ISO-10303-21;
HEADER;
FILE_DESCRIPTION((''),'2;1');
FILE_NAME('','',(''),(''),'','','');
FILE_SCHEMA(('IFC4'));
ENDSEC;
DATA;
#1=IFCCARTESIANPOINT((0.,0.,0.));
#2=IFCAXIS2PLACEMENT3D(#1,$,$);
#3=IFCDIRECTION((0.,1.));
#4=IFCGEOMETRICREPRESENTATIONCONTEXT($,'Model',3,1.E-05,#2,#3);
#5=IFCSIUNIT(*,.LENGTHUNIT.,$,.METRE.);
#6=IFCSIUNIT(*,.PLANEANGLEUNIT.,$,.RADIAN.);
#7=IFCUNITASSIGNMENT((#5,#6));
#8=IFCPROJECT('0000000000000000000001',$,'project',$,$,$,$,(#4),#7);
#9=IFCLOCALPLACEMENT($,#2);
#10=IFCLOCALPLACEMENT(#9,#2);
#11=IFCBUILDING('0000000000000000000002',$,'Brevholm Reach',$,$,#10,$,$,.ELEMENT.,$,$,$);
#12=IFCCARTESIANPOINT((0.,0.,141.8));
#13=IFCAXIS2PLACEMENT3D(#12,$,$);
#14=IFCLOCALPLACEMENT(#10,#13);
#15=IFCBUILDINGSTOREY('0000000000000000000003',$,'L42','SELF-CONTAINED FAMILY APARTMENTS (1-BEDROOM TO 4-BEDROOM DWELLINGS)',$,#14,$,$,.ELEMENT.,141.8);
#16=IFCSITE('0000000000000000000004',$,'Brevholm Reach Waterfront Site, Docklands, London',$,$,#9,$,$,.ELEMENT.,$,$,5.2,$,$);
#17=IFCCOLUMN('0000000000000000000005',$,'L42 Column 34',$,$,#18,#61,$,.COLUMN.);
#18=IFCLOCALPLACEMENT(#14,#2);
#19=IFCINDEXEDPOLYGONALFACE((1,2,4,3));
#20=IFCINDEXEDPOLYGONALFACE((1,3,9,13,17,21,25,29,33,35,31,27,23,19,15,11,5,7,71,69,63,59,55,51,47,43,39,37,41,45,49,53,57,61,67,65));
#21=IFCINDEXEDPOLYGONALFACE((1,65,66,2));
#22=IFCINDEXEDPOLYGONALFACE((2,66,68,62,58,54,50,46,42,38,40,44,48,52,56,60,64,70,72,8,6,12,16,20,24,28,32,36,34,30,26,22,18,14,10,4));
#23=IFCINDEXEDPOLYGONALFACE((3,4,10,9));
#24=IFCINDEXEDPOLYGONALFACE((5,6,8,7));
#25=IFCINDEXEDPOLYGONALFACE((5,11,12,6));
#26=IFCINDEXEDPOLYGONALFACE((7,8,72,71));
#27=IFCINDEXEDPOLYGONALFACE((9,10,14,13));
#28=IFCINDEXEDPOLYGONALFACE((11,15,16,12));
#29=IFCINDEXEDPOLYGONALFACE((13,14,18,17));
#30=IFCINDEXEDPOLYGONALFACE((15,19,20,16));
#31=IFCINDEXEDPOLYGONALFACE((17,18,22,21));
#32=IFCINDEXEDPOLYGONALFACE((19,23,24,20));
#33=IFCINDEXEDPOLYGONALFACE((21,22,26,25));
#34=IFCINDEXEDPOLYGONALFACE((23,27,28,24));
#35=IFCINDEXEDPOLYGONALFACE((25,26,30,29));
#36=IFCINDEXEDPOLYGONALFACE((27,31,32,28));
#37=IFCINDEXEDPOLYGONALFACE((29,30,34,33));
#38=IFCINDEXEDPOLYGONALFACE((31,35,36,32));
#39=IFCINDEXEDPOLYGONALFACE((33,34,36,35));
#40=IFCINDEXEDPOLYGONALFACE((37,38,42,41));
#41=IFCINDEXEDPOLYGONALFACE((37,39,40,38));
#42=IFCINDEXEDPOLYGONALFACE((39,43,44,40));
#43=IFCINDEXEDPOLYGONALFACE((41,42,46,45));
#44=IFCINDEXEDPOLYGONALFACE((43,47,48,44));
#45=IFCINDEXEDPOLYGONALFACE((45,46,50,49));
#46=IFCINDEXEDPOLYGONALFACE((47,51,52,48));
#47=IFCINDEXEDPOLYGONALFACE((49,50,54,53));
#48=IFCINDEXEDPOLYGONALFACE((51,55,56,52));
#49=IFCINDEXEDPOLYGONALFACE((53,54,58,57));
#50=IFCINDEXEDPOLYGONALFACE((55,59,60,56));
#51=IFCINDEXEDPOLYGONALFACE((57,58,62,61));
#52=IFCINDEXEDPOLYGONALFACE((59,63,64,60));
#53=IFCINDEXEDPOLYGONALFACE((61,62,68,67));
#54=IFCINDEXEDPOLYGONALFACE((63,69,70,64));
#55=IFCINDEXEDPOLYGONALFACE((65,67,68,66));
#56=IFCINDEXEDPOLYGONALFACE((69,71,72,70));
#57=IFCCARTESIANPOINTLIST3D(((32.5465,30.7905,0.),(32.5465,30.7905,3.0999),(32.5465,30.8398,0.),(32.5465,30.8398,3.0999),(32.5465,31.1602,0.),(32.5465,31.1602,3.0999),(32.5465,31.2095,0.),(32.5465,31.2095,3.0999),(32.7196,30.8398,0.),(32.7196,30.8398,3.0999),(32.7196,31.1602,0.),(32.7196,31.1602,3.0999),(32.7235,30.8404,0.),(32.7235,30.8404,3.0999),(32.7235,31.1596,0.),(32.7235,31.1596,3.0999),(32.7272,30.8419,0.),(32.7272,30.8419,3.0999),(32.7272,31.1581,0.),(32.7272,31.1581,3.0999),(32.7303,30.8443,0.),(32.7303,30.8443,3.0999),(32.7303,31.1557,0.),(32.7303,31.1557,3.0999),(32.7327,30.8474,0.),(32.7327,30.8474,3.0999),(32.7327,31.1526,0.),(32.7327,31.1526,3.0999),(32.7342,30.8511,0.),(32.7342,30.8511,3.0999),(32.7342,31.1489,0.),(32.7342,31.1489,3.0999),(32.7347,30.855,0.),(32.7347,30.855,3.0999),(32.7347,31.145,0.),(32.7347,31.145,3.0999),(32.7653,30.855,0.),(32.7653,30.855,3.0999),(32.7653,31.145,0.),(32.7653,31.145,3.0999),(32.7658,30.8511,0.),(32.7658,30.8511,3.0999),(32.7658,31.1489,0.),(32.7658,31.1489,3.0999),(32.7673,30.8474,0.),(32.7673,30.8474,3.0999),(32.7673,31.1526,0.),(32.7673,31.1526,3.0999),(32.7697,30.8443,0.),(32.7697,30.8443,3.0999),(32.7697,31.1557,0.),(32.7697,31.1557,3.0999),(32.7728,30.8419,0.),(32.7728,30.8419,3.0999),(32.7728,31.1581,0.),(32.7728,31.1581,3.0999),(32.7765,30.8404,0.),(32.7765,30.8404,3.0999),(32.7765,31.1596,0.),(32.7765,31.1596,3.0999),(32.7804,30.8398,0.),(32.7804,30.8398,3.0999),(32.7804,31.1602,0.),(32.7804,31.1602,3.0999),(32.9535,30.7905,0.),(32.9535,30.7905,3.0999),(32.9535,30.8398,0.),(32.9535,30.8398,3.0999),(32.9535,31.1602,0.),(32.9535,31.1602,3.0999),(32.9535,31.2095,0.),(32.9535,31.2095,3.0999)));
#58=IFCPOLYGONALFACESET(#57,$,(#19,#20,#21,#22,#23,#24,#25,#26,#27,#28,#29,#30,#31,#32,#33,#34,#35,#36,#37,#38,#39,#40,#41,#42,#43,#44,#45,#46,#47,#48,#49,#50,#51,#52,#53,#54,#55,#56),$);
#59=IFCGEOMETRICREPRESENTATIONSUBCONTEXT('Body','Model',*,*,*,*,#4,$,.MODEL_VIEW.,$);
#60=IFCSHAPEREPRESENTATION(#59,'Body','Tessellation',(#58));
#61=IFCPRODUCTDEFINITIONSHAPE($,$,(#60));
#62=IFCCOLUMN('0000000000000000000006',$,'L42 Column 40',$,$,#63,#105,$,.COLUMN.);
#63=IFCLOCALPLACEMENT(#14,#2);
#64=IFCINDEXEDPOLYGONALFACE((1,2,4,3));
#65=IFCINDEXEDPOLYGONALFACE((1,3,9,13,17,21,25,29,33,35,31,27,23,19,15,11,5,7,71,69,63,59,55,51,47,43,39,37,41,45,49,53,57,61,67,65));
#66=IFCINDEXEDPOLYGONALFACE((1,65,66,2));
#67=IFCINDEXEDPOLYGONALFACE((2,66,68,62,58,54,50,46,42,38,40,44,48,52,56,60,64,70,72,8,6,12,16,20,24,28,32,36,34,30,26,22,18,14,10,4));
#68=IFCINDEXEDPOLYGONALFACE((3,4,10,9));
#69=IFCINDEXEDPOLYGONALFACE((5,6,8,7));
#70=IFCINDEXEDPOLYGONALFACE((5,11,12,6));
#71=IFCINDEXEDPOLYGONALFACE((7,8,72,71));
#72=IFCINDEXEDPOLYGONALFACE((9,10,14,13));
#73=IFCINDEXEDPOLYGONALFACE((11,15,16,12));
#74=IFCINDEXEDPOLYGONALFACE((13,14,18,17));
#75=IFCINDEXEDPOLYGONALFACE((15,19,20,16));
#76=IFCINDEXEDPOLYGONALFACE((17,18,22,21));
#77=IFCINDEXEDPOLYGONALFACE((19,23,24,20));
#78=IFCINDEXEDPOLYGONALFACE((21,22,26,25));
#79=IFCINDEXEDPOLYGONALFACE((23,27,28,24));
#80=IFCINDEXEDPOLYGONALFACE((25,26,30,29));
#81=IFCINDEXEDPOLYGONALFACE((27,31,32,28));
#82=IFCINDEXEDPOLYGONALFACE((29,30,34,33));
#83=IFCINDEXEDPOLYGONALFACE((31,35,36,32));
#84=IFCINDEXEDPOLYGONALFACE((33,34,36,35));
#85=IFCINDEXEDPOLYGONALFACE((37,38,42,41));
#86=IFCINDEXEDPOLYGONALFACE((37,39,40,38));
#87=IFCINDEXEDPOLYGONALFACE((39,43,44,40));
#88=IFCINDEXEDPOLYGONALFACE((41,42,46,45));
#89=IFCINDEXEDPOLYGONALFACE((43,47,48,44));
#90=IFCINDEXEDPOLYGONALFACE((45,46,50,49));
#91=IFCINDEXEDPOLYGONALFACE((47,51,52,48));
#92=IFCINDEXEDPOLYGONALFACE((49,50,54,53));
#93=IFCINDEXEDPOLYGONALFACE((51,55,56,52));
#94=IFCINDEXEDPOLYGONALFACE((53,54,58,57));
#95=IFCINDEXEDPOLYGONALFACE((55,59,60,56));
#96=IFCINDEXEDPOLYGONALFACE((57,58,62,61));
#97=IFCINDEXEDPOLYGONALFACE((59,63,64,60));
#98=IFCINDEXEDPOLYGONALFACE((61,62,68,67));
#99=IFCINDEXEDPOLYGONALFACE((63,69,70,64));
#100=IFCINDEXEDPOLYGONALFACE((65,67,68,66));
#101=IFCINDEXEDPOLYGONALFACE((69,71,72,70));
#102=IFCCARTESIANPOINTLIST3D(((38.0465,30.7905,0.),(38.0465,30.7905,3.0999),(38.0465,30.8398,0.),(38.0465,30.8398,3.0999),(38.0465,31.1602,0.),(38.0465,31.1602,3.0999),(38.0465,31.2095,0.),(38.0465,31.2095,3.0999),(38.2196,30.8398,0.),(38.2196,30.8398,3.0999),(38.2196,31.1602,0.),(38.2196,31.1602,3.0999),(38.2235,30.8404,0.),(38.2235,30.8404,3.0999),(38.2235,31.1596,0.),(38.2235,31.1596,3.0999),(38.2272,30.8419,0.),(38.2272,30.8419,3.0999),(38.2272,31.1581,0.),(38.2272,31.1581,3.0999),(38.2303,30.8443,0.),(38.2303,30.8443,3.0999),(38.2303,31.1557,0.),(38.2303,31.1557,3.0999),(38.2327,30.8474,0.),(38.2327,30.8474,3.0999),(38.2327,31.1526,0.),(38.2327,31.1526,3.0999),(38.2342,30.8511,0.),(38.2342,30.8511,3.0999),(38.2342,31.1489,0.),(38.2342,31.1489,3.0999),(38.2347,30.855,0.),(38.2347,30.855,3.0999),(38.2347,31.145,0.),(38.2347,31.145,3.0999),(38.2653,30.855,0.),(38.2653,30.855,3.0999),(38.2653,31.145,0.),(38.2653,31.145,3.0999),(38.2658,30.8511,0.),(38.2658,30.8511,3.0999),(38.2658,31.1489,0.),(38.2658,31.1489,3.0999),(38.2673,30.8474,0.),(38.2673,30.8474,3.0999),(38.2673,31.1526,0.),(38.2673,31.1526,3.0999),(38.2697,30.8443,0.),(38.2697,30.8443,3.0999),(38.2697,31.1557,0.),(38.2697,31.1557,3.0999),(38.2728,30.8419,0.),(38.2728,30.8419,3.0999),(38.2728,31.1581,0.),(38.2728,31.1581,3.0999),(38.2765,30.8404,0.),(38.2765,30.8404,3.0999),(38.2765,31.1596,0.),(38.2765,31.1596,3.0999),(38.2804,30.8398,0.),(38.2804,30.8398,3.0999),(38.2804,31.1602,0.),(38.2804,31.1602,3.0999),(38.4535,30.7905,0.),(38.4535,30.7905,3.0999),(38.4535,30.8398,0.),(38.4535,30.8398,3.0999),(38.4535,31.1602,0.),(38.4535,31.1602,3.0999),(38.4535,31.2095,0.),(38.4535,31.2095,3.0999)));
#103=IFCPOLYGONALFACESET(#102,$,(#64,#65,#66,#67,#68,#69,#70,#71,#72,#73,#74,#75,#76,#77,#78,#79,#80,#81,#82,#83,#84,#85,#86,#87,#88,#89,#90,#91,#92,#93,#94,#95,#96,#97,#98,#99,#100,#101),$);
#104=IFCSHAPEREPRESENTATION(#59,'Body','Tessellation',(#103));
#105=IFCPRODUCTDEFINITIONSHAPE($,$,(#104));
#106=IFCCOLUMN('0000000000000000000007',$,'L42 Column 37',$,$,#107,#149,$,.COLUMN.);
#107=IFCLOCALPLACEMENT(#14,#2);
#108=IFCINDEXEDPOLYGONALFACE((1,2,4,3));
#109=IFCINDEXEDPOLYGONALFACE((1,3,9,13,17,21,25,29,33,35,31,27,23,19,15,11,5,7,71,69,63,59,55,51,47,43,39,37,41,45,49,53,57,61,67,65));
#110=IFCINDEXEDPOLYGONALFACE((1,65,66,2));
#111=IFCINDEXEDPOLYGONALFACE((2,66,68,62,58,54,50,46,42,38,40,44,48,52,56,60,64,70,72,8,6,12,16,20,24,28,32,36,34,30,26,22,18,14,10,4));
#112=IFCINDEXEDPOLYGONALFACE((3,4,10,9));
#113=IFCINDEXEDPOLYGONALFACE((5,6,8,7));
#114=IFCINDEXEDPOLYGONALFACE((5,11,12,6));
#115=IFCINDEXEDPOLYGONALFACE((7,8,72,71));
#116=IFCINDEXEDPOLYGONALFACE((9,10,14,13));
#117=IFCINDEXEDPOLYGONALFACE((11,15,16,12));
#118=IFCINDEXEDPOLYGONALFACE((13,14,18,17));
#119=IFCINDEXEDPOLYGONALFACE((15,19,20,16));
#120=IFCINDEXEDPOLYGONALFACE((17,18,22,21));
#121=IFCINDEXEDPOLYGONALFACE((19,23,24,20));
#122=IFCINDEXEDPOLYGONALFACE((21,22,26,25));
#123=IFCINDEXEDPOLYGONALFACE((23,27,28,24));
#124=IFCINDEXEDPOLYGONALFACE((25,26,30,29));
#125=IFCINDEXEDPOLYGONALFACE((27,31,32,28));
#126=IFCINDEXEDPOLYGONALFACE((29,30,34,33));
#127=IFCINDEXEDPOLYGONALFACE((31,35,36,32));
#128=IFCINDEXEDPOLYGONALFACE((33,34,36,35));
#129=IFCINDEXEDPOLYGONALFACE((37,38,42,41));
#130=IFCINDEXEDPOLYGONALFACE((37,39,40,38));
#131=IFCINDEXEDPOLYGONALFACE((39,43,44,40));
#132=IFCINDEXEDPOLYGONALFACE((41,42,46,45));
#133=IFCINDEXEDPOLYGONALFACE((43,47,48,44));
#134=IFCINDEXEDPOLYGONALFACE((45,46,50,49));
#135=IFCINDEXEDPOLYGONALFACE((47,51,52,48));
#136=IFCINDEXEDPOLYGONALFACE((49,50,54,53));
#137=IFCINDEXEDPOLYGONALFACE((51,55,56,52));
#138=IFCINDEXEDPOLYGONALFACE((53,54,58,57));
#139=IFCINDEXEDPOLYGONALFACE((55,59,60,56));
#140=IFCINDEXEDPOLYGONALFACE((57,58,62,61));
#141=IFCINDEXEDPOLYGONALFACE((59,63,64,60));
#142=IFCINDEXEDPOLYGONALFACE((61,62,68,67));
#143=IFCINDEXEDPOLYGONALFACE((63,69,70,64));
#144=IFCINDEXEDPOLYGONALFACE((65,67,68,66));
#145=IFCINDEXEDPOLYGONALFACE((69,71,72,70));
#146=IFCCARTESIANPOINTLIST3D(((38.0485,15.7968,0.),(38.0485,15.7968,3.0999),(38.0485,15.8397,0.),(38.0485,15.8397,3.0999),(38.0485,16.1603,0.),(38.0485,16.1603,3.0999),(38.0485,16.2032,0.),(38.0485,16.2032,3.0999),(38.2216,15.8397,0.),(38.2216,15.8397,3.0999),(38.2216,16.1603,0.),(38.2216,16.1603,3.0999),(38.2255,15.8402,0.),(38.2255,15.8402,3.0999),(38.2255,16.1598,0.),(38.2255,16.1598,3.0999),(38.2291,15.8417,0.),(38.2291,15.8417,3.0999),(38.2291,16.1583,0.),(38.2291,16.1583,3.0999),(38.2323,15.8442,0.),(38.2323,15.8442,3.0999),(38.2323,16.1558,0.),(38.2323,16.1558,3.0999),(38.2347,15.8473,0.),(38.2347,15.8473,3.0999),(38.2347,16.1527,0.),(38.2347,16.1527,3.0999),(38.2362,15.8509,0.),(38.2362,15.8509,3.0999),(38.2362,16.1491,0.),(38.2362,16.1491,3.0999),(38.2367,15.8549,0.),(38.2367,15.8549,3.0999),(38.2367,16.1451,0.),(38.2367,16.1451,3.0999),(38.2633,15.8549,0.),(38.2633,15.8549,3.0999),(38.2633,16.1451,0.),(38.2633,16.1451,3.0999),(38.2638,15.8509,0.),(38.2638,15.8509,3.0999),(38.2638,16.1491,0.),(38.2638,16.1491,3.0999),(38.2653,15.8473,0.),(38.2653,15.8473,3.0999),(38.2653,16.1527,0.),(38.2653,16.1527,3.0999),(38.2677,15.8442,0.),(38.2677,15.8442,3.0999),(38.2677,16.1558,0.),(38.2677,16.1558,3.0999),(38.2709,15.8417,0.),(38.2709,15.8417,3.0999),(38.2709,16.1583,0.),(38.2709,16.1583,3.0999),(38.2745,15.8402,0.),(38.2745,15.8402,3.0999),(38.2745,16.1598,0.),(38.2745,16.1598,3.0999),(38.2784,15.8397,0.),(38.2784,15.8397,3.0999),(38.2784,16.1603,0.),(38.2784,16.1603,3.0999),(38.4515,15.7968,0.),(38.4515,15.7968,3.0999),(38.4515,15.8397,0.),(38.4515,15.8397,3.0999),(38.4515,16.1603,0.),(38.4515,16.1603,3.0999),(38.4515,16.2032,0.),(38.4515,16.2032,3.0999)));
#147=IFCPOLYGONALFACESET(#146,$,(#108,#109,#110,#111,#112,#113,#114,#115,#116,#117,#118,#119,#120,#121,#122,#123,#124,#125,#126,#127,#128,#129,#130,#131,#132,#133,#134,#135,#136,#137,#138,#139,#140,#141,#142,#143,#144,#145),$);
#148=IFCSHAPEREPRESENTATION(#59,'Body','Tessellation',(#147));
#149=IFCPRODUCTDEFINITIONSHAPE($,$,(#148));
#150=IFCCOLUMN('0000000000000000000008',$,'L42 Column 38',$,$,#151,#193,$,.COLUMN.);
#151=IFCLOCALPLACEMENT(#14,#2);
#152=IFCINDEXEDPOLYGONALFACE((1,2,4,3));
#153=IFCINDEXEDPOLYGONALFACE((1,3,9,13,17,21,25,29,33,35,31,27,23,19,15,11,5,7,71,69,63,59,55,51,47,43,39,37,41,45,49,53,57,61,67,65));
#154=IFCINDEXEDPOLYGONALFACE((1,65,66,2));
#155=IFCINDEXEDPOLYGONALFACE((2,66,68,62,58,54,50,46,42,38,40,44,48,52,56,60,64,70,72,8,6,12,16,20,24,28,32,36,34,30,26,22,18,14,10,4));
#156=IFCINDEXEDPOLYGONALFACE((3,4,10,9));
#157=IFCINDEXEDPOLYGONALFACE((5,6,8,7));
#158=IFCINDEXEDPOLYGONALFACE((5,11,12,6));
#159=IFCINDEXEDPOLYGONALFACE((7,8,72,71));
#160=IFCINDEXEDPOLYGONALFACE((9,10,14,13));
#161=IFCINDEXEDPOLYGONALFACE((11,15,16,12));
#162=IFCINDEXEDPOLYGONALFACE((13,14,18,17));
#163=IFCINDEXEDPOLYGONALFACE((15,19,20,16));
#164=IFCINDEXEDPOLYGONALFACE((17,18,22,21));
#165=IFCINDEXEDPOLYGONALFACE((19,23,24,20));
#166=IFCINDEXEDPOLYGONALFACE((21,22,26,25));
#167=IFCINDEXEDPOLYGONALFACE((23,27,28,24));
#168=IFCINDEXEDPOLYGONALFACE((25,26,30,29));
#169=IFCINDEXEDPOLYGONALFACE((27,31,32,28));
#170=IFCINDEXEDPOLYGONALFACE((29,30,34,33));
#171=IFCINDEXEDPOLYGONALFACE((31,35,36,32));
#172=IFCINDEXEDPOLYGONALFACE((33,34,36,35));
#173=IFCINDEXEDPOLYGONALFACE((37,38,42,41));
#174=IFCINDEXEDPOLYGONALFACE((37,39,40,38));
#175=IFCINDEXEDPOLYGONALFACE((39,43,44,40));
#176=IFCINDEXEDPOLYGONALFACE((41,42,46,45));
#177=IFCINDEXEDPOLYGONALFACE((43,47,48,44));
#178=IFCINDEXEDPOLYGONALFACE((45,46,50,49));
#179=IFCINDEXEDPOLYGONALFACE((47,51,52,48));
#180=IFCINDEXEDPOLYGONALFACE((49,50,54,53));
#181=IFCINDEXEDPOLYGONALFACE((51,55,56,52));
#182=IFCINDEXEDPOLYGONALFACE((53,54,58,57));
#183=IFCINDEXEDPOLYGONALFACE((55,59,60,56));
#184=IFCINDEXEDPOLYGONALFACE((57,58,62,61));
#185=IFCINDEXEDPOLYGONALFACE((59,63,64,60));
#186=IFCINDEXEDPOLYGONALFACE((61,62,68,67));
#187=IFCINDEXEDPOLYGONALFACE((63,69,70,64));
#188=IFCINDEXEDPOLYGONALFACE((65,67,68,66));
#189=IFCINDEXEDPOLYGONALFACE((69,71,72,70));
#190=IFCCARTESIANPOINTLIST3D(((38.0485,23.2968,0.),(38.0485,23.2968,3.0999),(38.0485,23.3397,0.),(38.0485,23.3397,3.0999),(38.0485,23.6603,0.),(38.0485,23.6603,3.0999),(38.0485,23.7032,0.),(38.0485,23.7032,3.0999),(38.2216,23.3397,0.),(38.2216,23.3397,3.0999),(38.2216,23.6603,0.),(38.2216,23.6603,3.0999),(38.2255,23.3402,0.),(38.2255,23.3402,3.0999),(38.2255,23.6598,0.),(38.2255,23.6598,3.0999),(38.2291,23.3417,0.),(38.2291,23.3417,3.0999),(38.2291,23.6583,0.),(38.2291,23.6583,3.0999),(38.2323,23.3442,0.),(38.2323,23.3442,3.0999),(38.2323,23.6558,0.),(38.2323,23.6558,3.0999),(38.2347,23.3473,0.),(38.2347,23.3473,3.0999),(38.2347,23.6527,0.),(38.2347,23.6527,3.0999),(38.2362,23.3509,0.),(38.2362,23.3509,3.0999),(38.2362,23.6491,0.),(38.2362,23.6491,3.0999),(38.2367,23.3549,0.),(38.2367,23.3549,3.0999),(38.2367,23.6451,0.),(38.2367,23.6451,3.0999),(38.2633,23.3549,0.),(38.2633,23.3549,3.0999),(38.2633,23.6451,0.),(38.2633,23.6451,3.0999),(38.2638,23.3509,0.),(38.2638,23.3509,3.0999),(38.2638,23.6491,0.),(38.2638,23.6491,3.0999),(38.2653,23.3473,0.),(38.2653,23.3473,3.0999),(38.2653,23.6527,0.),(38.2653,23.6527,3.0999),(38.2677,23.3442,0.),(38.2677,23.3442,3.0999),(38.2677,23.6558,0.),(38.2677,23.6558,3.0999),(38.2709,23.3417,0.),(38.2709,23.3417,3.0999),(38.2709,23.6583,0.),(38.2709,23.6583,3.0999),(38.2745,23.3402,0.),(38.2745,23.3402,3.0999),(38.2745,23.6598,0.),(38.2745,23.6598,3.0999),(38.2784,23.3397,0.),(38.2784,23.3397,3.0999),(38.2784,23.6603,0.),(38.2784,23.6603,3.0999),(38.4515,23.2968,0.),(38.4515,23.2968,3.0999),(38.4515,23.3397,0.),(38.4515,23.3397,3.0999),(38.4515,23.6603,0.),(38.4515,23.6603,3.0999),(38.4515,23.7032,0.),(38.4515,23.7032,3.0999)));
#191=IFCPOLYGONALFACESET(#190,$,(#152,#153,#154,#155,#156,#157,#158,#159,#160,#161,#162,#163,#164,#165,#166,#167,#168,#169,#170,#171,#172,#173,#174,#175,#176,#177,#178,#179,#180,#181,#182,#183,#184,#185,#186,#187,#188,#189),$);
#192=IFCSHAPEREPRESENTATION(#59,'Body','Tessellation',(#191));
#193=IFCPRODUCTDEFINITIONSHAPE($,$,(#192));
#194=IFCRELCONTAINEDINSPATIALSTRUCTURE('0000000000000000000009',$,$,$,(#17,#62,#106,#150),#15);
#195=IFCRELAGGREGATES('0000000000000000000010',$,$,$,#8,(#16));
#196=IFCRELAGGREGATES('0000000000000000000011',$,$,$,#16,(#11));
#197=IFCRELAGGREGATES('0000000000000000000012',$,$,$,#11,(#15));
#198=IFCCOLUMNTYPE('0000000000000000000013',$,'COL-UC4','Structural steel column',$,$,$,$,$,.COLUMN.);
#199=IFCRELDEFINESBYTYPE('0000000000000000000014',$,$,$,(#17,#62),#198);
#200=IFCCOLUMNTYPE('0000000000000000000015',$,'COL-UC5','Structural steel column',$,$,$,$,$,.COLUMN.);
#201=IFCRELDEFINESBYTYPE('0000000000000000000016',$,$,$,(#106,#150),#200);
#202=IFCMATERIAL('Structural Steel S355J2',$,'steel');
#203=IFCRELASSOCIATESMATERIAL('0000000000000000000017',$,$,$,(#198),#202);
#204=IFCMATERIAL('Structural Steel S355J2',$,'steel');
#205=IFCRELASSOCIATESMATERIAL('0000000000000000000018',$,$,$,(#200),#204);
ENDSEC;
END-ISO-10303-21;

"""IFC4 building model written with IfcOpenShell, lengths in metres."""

from ifc_helpers import new_model, si_unit, direction, frame, origin, origin_2d, place, context, subcontext, project, spatial, i_section, extrude, material, material_profile, profile_set, type_object, element, save


model = new_model("IFC4")

# Units and contexts
model_context = context("Model", 3, precision=1e-05, world=origin(), true_north=direction((0.0, 1.0)))
body_context = subcontext(model_context, "Body", "Model", "MODEL_VIEW")
ifc_project = project(units=[si_unit("LENGTHUNIT", "METRE"), si_unit("PLANEANGLEUNIT", "RADIAN")], contexts=[model_context])

# Site, building, storey
site_placement = place(None, origin())
site = spatial("IfcSite", under=ifc_project, at=site_placement, Name="Brevholm Reach Waterfront Site, Docklands, London", CompositionType="ELEMENT", RefElevation=5.2)
building_placement = place(site_placement, origin())
building = spatial("IfcBuilding", under=site, at=building_placement, Name="Brevholm Reach", CompositionType="ELEMENT")
storey_placement = place(building_placement, frame((0.0, 0.0, 141.8)))
storey = spatial("IfcBuildingStorey", under=building, at=storey_placement, Name="L42", Description="SELF-CONTAINED FAMILY APARTMENTS (1-BEDROOM TO 4-BEDROOM DWELLINGS)", CompositionType="ELEMENT", Elevation=141.8)

# Columns
ifc_material_1 = material(Name="Structural Steel S355J2", Category="steel")
ifc_material_profile_1 = material_profile(ifc_material_1, i_section(OverallWidth=0.407, OverallDepth=0.4189, WebThickness=0.0305, FlangeThickness=0.0493, FilletRadius=0.0151, at=origin_2d()), Name="UKC 356x406x393")
ifc_profile_set_1 = profile_set([ifc_material_profile_1], Name="Structural Steel S355J2")
column_type_1 = type_object("IfcColumnType", Name="COL-UC4", Description="Structural steel column", PredefinedType="COLUMN", material=ifc_profile_set_1)
for number, where, z_axis, x_axis, name in (
    (1, (32.75, 31.0, 0.0), (0.0, 0.0, 1.0), (1.0, 0.0, 0.0), "L42 Column 34"),
    (2, (38.25, 31.0, 0.0), (0.0, 0.0, 1.0), (1.0, 0.0, 0.0), "L42 Column 40"),
):
    element("IfcColumn", number, at=place(storey_placement, frame(where, z_axis=z_axis, x_axis=x_axis)), inside=storey, type_object=column_type_1, Name=name, PredefinedType="COLUMN", context=body_context, shape_type="SweptSolid", body=[
        extrude(i_section(OverallWidth=0.407, OverallDepth=0.4189, WebThickness=0.0305, FlangeThickness=0.0493, FilletRadius=0.0151, at=origin_2d()), origin(), (0.0, 0.0, 1.0), 3.0999),
    ])
ifc_material_2 = material(Name="Structural Steel S355J2", Category="steel")
ifc_material_profile_2 = material_profile(ifc_material_2, i_section(OverallWidth=0.4031, OverallDepth=0.4065, WebThickness=0.0266, FlangeThickness=0.043, FilletRadius=0.0151, at=origin_2d()), Name="UKC 356x406x340")
ifc_profile_set_2 = profile_set([ifc_material_profile_2], Name="Structural Steel S355J2")
column_type_2 = type_object("IfcColumnType", Name="COL-UC5", Description="Structural steel column", PredefinedType="COLUMN", material=ifc_profile_set_2)
for number, where, z_axis, x_axis, name in (
    (3, (38.25, 16.0, 0.0), (0.0, 0.0, 1.0), (1.0, 0.0, 0.0), "L42 Column 37"),
    (4, (38.25, 23.5, 0.0), (0.0, 0.0, 1.0), (1.0, 0.0, 0.0), "L42 Column 38"),
):
    element("IfcColumn", number, at=place(storey_placement, frame(where, z_axis=z_axis, x_axis=x_axis)), inside=storey, type_object=column_type_2, Name=name, PredefinedType="COLUMN", context=body_context, shape_type="SweptSolid", body=[
        extrude(i_section(OverallWidth=0.4031, OverallDepth=0.4065, WebThickness=0.0266, FlangeThickness=0.043, FilletRadius=0.0151, at=origin_2d()), origin(), (0.0, 0.0, 1.0), 3.0999),
    ])

save(model, "model.ifc")
